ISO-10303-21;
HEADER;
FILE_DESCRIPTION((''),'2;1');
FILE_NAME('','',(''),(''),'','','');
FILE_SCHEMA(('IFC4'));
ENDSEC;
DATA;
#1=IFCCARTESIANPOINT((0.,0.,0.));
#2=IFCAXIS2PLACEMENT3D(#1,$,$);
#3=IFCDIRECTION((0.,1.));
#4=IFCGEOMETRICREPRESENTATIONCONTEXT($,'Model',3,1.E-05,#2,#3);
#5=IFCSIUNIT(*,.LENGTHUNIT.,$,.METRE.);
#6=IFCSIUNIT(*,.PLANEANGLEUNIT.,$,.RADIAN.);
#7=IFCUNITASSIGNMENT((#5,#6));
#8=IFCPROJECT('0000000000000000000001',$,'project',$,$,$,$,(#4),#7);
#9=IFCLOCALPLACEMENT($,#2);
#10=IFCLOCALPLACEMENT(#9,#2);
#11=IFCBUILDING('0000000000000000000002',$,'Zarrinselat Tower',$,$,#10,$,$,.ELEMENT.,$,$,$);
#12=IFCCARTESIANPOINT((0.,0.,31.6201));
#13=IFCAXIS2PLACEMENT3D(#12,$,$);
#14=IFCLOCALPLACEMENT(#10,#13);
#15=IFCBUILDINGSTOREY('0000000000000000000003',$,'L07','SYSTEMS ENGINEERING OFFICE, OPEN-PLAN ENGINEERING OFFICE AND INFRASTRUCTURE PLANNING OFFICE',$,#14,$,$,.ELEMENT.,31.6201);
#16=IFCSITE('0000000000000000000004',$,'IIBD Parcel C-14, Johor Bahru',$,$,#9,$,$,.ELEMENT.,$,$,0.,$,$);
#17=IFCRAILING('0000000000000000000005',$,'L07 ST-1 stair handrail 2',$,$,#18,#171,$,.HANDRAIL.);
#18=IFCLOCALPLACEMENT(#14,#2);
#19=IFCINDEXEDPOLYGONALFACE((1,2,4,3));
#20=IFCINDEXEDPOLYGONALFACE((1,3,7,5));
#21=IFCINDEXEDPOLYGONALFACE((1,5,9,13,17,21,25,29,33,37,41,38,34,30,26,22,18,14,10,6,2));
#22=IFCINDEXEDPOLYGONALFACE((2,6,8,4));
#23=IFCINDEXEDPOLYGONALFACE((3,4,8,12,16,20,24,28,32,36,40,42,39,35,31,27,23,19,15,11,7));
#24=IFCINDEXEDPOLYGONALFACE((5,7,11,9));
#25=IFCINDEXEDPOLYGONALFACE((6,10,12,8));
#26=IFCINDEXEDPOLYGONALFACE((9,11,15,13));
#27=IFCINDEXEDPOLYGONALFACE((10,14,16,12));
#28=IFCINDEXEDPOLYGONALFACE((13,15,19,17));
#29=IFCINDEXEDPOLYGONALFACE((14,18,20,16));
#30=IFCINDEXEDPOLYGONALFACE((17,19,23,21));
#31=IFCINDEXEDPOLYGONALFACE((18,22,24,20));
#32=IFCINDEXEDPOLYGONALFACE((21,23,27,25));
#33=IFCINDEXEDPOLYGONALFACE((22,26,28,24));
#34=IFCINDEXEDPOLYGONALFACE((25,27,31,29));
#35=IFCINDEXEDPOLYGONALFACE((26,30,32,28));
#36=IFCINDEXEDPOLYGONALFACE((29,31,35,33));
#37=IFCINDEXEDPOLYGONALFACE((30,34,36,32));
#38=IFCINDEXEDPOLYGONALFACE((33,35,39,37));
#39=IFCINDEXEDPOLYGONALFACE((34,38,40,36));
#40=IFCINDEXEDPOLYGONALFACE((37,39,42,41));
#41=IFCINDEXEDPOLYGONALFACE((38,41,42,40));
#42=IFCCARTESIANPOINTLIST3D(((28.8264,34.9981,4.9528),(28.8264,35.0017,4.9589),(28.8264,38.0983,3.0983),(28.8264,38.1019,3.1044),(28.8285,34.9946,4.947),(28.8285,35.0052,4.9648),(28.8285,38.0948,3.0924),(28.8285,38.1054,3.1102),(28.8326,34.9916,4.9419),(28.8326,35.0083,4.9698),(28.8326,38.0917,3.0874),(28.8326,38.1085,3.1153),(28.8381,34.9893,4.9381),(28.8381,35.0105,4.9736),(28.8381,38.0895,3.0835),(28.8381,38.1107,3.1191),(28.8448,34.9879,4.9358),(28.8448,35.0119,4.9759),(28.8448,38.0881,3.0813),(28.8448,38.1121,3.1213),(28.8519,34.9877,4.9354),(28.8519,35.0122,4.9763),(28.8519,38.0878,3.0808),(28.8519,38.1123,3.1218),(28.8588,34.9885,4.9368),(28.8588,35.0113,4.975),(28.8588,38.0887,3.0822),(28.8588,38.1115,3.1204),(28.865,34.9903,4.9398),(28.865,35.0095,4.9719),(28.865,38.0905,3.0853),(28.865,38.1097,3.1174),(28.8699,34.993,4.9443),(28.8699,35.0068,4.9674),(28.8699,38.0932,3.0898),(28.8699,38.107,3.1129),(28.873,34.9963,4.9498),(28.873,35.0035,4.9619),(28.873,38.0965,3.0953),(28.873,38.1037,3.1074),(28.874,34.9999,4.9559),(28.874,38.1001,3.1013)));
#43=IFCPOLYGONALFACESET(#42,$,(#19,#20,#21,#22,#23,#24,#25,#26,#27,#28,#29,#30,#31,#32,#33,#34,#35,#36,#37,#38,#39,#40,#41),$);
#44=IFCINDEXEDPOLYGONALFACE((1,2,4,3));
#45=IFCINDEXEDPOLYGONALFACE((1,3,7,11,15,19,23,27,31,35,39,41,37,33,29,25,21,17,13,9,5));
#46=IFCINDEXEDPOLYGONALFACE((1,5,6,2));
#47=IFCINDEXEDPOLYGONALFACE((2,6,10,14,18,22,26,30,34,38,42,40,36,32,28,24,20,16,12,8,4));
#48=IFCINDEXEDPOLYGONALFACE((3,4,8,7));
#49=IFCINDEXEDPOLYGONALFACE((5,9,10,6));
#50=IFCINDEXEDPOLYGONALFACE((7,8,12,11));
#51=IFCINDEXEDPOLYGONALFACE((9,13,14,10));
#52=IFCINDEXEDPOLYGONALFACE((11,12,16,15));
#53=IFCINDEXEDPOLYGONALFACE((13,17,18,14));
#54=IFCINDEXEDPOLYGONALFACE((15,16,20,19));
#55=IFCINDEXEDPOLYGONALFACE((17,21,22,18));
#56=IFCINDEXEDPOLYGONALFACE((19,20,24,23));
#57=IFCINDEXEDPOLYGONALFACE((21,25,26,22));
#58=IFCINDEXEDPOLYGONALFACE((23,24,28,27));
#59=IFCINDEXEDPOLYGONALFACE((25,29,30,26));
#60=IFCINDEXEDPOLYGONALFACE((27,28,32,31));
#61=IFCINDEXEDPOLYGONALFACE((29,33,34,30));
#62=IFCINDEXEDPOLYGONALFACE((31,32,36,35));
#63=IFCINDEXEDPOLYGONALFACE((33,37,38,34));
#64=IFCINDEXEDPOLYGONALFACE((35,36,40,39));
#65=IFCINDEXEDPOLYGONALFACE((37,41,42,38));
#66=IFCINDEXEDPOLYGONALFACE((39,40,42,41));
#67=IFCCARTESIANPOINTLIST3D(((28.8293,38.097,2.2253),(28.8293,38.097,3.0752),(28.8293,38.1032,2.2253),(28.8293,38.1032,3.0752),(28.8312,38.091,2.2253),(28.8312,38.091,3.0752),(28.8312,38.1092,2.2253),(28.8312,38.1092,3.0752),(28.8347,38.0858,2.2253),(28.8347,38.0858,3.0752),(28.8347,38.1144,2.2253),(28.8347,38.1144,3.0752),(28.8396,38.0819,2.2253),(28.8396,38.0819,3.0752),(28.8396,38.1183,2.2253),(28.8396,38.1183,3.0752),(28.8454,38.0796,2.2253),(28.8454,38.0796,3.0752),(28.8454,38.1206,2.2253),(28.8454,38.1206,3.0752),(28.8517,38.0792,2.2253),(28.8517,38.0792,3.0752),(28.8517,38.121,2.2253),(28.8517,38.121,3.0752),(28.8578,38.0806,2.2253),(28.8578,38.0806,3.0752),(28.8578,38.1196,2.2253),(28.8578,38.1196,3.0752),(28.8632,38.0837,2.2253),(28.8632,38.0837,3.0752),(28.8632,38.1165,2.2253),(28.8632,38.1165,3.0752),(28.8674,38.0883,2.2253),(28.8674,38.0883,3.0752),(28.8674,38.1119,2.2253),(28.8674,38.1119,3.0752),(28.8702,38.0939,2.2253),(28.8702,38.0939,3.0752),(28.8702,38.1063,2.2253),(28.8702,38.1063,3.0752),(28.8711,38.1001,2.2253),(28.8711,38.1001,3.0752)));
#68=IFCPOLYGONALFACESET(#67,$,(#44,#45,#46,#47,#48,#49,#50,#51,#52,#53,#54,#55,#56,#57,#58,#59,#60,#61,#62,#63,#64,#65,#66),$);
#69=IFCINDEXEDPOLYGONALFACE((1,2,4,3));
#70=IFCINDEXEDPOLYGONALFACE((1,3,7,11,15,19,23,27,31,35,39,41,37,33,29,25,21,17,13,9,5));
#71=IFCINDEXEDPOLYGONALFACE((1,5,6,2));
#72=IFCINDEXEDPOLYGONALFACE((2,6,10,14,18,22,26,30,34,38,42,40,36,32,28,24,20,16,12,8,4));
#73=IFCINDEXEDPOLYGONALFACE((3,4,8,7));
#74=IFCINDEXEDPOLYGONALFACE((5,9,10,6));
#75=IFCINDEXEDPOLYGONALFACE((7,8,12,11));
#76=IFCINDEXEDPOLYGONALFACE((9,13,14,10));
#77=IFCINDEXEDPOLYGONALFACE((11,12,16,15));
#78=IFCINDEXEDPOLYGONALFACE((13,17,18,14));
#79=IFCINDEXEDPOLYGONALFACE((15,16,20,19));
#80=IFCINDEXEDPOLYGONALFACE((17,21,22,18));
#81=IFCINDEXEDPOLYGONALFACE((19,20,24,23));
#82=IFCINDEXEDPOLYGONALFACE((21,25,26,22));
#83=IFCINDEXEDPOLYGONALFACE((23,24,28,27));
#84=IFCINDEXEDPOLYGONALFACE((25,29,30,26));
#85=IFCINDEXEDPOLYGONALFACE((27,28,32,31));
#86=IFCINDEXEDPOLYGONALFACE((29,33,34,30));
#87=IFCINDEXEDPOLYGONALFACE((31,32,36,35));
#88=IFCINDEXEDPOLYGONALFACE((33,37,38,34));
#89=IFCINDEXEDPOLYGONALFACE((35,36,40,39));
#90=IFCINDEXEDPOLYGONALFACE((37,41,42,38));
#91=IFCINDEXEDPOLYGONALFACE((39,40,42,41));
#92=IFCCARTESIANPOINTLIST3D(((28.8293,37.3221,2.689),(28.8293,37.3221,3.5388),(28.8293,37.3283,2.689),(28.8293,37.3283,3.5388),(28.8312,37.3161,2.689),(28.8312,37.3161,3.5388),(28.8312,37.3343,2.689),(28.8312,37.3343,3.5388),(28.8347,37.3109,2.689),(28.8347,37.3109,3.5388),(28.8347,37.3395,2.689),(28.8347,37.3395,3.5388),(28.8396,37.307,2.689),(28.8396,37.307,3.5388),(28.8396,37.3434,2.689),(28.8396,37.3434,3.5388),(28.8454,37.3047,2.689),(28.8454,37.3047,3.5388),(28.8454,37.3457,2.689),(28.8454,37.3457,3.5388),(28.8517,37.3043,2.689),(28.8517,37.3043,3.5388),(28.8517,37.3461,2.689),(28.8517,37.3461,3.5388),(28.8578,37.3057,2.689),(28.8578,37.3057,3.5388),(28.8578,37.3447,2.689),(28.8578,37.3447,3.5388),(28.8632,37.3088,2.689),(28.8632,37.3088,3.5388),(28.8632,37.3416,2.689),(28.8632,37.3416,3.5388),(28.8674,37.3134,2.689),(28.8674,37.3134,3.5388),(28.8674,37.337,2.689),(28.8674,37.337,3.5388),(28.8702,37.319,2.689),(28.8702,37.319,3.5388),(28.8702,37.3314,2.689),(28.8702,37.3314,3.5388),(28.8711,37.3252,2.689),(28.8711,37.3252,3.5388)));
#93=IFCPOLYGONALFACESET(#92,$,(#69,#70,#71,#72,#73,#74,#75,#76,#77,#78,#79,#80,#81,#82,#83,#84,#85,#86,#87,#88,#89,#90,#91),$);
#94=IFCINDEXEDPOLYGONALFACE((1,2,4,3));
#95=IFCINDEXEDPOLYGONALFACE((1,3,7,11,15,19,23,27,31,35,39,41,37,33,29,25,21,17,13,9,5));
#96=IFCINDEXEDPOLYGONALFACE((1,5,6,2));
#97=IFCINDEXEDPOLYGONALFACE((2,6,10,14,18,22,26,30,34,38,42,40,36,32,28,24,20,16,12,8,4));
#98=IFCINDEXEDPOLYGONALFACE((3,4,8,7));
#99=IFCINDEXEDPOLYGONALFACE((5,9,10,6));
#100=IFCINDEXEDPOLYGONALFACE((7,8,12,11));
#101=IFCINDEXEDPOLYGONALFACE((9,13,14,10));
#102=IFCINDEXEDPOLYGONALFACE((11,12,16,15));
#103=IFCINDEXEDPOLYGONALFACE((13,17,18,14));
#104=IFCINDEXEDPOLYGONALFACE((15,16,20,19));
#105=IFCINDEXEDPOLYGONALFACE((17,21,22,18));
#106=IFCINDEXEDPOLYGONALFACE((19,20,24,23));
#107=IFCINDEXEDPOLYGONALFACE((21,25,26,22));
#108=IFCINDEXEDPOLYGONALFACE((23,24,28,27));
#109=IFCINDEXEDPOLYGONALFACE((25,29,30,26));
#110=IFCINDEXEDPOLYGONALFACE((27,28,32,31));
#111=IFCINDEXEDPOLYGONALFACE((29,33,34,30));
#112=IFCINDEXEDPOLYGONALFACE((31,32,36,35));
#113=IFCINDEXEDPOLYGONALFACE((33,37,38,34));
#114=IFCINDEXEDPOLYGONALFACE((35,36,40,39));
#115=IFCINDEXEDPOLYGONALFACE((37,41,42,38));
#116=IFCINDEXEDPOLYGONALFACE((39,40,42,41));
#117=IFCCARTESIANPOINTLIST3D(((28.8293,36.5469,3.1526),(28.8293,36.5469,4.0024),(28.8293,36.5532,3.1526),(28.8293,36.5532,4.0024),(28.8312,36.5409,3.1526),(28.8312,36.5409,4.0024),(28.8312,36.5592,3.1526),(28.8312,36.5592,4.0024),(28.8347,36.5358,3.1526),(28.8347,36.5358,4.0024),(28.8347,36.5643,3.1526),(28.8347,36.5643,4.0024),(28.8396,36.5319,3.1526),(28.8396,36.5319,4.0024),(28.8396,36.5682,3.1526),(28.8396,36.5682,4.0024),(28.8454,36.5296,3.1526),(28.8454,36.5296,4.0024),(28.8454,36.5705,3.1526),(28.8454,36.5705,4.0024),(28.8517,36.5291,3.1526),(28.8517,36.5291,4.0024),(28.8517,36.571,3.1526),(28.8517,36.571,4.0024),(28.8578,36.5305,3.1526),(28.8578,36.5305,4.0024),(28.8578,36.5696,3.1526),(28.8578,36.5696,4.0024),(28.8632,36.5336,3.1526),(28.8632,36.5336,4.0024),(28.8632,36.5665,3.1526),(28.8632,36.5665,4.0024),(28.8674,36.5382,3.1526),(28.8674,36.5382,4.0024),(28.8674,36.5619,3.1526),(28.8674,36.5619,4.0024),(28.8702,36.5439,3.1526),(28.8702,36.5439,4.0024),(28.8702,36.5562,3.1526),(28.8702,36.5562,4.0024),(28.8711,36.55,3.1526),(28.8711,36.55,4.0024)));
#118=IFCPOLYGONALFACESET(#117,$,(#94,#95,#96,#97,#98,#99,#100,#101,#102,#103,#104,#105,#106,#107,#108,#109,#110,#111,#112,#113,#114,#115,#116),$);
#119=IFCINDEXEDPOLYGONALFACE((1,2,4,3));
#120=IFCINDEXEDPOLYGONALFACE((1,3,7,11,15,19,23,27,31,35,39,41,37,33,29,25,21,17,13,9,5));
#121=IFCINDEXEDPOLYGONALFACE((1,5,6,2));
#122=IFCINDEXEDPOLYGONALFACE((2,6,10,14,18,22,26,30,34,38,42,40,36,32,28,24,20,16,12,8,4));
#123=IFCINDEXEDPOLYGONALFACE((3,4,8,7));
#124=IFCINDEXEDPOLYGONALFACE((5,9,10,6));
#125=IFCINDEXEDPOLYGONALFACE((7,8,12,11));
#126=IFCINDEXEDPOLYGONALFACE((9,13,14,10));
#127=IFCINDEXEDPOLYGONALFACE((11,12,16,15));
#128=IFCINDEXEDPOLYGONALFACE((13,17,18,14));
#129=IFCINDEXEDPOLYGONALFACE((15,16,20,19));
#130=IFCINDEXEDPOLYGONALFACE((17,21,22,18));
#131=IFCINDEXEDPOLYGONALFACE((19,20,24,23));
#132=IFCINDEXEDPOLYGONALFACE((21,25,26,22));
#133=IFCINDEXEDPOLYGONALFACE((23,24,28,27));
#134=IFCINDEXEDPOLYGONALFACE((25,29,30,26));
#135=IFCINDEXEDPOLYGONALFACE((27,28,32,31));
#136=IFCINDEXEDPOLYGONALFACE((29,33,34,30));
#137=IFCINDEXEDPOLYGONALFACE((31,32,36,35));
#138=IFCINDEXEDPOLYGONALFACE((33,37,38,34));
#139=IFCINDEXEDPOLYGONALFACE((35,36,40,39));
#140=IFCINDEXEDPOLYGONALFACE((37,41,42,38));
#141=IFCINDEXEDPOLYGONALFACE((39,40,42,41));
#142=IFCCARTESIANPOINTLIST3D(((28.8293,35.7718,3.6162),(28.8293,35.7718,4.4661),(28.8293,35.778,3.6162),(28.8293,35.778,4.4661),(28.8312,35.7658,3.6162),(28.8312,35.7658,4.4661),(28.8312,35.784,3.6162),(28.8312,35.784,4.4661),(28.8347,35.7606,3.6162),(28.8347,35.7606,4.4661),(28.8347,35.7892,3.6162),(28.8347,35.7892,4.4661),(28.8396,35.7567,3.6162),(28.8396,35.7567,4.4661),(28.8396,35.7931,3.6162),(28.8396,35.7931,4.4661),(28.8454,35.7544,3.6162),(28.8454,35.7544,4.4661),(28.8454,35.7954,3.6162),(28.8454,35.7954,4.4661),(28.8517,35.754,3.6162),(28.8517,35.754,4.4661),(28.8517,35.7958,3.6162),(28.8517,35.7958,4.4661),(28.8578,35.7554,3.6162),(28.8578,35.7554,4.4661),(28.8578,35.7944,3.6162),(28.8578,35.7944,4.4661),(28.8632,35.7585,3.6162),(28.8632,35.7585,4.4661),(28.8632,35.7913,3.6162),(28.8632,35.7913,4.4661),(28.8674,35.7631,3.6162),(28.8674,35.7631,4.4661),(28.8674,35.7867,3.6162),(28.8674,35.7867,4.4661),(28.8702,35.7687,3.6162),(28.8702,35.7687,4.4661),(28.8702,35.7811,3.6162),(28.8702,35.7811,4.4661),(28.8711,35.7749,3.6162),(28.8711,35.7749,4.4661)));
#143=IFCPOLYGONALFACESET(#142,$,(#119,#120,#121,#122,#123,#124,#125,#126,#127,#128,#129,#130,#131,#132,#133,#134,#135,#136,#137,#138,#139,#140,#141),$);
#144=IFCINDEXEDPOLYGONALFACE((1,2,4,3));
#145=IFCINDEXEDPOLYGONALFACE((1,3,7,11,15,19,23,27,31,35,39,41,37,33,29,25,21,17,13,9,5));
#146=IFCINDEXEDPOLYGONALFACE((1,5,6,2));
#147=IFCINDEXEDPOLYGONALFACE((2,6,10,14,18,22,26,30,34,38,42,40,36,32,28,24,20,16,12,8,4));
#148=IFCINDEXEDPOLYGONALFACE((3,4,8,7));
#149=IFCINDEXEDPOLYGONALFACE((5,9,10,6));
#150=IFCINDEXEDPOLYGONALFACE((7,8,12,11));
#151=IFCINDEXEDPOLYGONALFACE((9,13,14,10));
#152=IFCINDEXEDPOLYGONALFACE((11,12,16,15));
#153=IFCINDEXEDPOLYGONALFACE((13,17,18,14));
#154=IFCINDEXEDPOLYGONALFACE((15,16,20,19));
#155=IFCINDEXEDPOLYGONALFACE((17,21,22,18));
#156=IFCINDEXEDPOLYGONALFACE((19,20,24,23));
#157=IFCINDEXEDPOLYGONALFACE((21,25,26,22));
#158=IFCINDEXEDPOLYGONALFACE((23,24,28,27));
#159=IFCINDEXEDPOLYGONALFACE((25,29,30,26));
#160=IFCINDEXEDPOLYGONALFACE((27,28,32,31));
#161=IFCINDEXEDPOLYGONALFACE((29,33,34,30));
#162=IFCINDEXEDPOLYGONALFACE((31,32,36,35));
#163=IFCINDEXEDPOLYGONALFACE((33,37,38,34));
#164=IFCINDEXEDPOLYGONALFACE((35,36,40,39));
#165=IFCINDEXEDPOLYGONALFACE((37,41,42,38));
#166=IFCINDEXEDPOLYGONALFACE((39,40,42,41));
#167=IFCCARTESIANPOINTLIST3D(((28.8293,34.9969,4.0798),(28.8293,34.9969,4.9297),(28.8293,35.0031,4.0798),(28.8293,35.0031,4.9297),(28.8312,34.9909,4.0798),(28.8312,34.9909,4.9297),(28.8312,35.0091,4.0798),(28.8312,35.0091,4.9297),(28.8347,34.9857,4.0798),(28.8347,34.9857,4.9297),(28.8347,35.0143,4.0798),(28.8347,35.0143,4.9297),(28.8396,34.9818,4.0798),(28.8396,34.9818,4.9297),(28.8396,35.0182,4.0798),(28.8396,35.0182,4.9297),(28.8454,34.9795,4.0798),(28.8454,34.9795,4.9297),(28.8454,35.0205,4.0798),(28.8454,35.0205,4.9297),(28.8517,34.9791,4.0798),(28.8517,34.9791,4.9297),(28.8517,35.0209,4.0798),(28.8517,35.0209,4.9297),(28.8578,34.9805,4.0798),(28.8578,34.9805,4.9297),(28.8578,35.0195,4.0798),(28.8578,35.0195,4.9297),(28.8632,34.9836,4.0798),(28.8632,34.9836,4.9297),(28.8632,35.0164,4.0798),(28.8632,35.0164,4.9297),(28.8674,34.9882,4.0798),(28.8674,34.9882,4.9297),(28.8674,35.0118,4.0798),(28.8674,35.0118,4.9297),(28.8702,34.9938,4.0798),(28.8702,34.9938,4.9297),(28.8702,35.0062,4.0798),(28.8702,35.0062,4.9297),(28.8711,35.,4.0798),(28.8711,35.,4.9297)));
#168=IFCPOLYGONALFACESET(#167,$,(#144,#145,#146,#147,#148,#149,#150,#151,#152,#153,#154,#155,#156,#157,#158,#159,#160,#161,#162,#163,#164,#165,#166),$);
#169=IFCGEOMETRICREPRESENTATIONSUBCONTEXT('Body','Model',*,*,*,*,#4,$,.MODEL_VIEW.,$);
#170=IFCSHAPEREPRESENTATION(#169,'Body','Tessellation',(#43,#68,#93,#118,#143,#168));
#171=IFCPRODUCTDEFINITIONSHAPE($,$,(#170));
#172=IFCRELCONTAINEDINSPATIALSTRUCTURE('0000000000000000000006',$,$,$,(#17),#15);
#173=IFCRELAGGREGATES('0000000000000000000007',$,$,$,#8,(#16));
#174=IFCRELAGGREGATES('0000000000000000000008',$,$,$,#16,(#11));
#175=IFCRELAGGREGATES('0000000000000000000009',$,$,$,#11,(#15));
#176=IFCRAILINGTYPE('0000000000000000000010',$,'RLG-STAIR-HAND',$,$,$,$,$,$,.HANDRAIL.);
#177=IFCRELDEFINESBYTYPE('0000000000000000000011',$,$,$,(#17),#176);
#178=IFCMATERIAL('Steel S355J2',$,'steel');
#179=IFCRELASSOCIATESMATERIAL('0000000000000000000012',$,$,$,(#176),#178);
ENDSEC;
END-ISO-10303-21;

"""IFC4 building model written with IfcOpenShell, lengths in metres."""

from ifc_helpers import new_model, si_unit, direction, frame, origin, origin_2d, place, context, subcontext, project, spatial, circle, extrude, material, type_object, element, save


model = new_model("IFC4")

# Units and contexts
model_context = context("Model", 3, precision=1e-05, world=origin(), true_north=direction((0.0, 1.0)))
body_context = subcontext(model_context, "Body", "Model", "MODEL_VIEW")
ifc_project = project(units=[si_unit("LENGTHUNIT", "METRE"), si_unit("PLANEANGLEUNIT", "RADIAN")], contexts=[model_context])

# Site, building, storey
site_placement = place(None, origin())
site = spatial("IfcSite", under=ifc_project, at=site_placement, Name="IIBD Parcel C-14, Johor Bahru", CompositionType="ELEMENT", RefElevation=0.0)
building_placement = place(site_placement, origin())
building = spatial("IfcBuilding", under=site, at=building_placement, Name="Zarrinselat Tower", CompositionType="ELEMENT")
storey_placement = place(building_placement, frame((0.0, 0.0, 31.6201)))
storey = spatial("IfcBuildingStorey", under=building, at=storey_placement, Name="L07", Description="SYSTEMS ENGINEERING OFFICE, OPEN-PLAN ENGINEERING OFFICE AND INFRASTRUCTURE PLANNING OFFICE", CompositionType="ELEMENT", Elevation=31.6201)

# Railing
ifc_material_1 = material(Name="Steel S355J2", Category="steel")
railing_type_1 = type_object("IfcRailingType", Name="RLG-STAIR-HAND", PredefinedType="HANDRAIL", material=ifc_material_1)
railing_1_placement = place(storey_placement, frame((28.8501, 38.1001, 2.2253)))
element("IfcRailing", 1, at=railing_1_placement, inside=storey, type_object=railing_type_1, Name="L07 ST-1 stair handrail 2", PredefinedType="HANDRAIL", context=body_context, shape_type="SweptSolid", body=[
    extrude(circle(Radius=0.0239, at=origin_2d()), frame((0.0, 0.0, 0.876), z_axis=(0.0, -0.858172, 0.513362), x_axis=(1.0, 0.0, 0.0)), (0.0, 0.0, 1.0), 3.6125),
    extrude(circle(Radius=0.021, at=origin_2d()), origin(), (0.0, 0.0, 1.0), 0.8499),
    extrude(circle(Radius=0.021, at=origin_2d()), frame((0.0, -0.7749, 0.4636)), (0.0, 0.0, 1.0), 0.8499),
    extrude(circle(Radius=0.021, at=origin_2d()), frame((0.0, -1.55, 0.9272)), (0.0, 0.0, 1.0), 0.8499),
    extrude(circle(Radius=0.021, at=origin_2d()), frame((0.0, -2.3252, 1.3909)), (0.0, 0.0, 1.0), 0.8499),
    extrude(circle(Radius=0.021, at=origin_2d()), frame((0.0, -3.1001, 1.8545)), (0.0, 0.0, 1.0), 0.8499),
])

save(model, "model.ifc")
